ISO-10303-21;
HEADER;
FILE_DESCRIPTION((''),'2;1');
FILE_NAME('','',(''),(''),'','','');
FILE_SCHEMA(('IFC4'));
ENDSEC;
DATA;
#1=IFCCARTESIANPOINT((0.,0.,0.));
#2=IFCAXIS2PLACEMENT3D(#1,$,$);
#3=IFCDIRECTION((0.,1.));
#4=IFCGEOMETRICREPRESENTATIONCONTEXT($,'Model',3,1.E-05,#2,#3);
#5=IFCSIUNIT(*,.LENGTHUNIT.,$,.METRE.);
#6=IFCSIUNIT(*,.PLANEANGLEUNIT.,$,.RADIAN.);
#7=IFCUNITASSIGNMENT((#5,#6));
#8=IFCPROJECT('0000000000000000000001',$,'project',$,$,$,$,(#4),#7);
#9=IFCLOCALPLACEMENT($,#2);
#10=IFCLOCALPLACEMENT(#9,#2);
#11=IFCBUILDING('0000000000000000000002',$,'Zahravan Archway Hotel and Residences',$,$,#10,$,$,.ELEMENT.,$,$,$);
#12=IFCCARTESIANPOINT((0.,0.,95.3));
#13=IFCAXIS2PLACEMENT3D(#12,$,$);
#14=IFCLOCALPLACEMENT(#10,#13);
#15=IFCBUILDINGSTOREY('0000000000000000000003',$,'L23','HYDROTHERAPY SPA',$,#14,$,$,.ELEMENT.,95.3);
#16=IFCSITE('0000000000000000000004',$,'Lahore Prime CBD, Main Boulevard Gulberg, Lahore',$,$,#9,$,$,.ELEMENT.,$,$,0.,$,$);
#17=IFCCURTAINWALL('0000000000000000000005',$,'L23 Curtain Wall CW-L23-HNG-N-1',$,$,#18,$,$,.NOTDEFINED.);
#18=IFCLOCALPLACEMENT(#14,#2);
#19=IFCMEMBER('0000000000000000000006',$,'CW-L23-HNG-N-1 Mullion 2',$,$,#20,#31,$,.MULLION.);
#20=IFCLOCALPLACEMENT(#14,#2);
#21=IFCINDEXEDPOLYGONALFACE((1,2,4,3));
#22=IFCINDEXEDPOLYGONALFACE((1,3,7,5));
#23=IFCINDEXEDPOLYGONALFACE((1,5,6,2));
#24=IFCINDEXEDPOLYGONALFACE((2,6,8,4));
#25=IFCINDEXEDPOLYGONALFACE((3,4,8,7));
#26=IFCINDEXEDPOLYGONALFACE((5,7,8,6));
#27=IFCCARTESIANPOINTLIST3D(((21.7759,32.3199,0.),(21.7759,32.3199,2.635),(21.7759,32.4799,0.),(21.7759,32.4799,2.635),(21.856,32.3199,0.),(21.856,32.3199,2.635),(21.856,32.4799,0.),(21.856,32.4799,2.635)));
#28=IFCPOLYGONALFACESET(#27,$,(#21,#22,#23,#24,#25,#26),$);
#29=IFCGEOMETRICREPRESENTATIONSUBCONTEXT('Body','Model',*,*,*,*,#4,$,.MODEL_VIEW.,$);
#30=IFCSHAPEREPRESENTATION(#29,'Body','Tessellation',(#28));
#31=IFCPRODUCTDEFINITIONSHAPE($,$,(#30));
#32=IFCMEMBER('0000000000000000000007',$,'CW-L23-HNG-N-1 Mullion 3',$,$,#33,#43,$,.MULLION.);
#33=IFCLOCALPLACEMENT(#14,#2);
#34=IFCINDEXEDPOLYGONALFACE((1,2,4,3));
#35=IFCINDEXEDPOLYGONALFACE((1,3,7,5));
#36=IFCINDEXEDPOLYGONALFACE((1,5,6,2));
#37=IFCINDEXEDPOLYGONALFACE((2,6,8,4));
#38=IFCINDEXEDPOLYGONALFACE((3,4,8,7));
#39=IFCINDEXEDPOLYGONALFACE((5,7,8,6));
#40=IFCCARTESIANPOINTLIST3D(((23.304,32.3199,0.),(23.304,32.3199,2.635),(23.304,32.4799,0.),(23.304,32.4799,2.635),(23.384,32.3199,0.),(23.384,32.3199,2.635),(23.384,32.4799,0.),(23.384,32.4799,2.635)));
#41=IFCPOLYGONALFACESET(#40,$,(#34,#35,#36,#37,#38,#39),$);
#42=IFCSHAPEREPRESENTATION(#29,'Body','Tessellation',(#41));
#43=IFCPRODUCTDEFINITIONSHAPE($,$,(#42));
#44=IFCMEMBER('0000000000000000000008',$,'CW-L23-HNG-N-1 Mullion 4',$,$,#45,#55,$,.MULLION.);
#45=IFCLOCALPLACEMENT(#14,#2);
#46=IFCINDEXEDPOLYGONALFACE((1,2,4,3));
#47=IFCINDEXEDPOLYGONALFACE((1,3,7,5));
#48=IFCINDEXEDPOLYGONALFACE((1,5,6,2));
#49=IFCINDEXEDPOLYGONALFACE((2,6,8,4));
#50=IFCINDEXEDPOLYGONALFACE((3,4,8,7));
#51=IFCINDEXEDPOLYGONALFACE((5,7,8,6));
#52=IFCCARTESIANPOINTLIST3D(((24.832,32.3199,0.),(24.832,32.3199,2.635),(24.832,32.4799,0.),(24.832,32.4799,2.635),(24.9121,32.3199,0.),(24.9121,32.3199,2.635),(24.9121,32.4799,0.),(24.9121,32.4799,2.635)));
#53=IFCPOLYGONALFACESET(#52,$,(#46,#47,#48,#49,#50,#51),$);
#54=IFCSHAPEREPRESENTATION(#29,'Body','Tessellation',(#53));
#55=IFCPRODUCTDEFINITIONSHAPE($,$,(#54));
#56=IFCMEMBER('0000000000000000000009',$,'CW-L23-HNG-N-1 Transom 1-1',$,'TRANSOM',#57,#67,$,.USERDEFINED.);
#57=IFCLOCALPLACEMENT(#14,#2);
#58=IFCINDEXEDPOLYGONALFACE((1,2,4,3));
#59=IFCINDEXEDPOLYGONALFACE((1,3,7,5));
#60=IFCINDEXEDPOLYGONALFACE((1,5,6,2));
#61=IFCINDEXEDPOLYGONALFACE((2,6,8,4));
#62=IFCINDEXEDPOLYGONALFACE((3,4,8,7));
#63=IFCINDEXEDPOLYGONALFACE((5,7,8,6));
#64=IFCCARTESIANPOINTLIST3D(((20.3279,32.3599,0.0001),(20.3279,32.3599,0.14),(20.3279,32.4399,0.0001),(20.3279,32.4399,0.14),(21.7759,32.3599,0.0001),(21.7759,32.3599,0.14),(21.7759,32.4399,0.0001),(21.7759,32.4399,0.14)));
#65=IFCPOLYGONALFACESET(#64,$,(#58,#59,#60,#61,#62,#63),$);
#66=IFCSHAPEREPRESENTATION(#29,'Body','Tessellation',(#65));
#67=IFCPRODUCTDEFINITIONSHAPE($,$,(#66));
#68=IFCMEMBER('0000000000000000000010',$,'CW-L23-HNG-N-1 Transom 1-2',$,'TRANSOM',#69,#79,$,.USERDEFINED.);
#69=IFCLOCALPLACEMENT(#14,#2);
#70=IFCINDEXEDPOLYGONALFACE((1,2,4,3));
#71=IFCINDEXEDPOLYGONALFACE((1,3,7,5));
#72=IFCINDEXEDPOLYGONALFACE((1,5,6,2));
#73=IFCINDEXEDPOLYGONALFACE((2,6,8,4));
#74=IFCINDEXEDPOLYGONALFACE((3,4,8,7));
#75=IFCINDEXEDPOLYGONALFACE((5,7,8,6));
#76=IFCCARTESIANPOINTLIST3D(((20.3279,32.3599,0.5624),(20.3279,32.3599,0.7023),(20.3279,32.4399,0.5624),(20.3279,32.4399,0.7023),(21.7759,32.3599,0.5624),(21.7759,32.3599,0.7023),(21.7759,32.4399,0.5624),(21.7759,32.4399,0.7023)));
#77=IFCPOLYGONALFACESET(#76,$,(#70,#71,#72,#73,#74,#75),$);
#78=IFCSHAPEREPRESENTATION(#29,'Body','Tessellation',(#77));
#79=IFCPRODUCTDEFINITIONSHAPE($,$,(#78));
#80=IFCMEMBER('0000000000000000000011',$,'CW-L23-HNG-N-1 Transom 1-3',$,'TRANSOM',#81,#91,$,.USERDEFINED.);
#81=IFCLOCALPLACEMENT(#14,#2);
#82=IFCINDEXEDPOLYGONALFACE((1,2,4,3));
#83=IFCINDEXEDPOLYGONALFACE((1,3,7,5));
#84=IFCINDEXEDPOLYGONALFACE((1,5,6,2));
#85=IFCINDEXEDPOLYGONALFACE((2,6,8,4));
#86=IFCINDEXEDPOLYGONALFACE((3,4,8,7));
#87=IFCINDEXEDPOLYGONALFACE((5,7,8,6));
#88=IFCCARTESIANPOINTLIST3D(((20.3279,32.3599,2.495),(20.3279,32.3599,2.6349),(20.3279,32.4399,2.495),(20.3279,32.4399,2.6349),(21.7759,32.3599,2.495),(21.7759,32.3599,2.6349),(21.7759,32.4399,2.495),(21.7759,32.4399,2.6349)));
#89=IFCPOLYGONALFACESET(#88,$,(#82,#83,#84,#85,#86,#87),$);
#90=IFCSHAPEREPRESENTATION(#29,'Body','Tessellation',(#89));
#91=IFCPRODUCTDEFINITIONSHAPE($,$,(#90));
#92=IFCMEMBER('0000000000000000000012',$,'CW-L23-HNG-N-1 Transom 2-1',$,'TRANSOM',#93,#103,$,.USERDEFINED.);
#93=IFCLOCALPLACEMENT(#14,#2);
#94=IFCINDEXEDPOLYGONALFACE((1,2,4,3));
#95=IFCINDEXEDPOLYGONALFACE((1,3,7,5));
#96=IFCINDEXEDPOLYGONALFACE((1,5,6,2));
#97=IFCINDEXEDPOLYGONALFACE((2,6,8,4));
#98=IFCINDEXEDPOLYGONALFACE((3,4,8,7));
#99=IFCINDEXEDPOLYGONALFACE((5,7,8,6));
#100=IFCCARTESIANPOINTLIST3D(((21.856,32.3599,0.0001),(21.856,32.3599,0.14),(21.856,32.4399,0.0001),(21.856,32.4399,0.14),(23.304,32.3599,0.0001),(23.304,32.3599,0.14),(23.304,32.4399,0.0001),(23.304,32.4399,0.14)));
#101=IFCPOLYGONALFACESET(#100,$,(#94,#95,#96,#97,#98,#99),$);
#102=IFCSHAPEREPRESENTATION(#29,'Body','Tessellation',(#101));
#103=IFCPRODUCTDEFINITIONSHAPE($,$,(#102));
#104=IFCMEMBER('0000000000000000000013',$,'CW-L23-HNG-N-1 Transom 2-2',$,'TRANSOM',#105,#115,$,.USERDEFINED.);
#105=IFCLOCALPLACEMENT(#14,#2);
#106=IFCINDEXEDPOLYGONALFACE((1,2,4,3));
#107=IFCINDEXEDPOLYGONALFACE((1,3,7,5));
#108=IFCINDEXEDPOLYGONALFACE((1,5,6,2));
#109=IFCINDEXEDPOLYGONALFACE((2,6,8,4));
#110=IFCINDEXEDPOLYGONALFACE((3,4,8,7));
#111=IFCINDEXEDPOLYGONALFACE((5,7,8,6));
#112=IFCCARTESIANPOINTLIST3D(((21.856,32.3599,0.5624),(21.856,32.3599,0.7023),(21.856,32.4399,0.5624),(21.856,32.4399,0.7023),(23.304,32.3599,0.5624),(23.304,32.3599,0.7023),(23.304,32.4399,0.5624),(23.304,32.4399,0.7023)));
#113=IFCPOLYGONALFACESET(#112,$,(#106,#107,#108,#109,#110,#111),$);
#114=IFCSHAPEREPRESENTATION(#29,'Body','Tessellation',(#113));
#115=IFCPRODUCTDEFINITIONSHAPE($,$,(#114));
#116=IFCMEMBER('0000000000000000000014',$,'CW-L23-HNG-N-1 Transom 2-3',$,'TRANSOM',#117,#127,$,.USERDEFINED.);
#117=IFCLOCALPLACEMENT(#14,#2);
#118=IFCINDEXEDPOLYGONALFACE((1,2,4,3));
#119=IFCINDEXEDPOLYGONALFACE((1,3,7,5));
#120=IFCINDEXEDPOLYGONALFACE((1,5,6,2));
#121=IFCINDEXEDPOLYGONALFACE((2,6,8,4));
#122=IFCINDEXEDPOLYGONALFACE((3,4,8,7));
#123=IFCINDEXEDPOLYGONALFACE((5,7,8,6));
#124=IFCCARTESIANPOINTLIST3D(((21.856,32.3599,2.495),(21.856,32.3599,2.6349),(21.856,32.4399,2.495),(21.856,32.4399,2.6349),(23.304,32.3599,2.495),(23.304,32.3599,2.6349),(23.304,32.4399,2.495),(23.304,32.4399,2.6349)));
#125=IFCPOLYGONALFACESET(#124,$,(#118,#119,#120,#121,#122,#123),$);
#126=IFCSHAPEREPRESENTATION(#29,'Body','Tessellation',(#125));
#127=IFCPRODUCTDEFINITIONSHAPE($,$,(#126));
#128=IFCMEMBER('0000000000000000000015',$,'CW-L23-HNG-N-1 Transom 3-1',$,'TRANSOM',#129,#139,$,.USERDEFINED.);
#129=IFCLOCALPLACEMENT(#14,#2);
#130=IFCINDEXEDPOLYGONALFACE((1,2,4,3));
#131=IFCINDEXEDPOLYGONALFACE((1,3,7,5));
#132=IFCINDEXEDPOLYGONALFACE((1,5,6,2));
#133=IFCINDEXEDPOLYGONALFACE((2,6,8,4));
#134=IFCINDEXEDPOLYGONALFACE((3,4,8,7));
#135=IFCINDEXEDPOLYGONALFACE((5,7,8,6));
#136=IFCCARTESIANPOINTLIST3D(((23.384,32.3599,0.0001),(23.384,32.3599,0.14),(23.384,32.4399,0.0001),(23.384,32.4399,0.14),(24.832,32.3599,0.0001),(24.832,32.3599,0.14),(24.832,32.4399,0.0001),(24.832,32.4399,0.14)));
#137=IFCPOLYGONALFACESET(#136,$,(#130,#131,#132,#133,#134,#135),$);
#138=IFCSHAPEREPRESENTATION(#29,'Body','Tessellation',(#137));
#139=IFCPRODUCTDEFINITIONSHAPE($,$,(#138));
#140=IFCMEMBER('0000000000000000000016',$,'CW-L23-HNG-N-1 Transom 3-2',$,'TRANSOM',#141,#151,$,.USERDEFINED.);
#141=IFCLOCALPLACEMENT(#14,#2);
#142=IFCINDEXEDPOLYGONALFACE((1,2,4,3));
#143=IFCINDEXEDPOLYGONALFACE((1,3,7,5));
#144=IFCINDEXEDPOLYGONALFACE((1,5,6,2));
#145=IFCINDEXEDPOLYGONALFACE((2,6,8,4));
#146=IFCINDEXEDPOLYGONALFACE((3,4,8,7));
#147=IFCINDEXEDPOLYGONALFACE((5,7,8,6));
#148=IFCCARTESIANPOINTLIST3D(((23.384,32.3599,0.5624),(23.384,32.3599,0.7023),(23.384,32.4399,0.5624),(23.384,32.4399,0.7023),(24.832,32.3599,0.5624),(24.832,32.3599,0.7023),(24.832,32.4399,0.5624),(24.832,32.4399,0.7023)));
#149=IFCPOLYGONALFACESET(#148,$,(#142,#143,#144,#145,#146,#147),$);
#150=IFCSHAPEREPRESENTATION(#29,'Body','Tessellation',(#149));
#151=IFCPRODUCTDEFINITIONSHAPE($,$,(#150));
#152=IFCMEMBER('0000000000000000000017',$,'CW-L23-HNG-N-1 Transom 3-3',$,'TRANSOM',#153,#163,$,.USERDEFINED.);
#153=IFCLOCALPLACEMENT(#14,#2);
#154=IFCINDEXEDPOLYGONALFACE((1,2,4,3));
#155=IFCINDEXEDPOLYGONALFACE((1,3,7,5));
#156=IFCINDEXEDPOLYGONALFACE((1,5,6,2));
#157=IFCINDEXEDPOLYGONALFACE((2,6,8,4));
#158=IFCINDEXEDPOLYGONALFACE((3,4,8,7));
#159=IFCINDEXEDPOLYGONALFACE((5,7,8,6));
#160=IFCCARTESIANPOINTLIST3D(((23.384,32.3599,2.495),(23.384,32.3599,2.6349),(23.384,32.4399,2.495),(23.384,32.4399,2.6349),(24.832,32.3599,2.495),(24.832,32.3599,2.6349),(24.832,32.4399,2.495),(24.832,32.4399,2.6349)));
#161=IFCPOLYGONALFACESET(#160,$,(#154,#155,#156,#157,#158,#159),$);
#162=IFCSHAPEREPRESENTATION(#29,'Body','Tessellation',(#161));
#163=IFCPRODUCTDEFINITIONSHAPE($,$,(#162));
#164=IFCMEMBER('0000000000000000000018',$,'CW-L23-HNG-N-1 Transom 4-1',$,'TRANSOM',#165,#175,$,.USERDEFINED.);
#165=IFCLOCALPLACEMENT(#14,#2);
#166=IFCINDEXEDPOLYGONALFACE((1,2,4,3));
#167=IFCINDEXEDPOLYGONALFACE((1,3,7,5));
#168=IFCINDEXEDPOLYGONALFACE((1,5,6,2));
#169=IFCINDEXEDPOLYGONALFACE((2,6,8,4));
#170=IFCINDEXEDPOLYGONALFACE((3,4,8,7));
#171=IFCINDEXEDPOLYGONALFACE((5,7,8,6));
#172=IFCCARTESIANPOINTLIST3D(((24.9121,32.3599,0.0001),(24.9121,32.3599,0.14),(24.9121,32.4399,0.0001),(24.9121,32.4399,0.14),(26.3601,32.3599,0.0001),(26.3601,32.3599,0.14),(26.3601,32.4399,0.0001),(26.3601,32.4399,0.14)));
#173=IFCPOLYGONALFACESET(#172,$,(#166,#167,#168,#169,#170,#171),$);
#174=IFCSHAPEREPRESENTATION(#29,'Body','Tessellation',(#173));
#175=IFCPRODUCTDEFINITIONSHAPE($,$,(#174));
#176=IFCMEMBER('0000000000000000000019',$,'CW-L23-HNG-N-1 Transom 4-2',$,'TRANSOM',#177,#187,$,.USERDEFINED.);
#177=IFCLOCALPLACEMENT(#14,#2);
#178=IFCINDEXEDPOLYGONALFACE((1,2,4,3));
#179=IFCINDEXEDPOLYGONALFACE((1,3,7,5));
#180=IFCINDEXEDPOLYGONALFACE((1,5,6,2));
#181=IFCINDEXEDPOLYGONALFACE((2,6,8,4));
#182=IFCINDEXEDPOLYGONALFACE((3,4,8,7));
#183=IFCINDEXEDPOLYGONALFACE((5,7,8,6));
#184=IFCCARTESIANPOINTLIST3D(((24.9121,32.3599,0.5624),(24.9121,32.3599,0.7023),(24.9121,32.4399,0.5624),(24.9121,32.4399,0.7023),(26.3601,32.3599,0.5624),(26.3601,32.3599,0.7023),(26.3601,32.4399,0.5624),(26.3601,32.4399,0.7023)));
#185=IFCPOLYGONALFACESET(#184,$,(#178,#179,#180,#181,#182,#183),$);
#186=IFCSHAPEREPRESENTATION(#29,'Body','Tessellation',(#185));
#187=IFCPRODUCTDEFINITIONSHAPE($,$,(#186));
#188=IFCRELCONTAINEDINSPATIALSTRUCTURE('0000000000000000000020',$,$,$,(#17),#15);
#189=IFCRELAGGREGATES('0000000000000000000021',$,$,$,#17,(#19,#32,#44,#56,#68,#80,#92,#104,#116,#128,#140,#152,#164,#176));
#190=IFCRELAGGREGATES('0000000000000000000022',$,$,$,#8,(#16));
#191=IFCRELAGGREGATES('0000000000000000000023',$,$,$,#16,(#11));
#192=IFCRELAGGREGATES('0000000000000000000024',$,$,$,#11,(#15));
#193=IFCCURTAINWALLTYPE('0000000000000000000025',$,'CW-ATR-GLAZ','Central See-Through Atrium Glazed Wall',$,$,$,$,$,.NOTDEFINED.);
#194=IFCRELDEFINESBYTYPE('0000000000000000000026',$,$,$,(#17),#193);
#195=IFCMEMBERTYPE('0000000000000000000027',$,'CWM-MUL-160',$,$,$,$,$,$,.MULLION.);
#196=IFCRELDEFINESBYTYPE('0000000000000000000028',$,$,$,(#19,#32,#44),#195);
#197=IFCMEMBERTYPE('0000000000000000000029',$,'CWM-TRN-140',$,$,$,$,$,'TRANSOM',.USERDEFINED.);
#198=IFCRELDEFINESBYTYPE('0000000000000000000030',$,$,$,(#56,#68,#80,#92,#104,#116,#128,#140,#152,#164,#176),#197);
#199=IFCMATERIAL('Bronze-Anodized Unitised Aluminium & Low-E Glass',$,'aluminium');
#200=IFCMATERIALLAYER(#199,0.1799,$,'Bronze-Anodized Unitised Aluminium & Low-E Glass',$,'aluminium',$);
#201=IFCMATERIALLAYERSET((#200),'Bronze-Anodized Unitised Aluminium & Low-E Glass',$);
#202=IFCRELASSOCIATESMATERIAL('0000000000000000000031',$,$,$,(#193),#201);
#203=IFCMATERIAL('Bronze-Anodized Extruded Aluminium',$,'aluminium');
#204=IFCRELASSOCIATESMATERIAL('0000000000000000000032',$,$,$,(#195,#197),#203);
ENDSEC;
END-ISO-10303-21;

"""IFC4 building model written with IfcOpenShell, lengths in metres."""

from ifc_helpers import new_model, si_unit, direction, frame, origin, origin_2d, place, context, subcontext, project, spatial, rectangle, extrude, source, transform, mapped, material, layer, layer_set, material_profile, profile_set, type_object, element, aggregate, save


model = new_model("IFC4")

# Units and contexts
model_context = context("Model", 3, precision=1e-05, world=origin(), true_north=direction((0.0, 1.0)))
body_context = subcontext(model_context, "Body", "Model", "MODEL_VIEW")
ifc_project = project(units=[si_unit("LENGTHUNIT", "METRE"), si_unit("PLANEANGLEUNIT", "RADIAN")], contexts=[model_context])

# Site, building, storey
site_placement = place(None, origin())
site = spatial("IfcSite", under=ifc_project, at=site_placement, Name="Lahore Prime CBD, Main Boulevard Gulberg, Lahore", CompositionType="ELEMENT", RefElevation=0.0)
building_placement = place(site_placement, origin())
building = spatial("IfcBuilding", under=site, at=building_placement, Name="Zahravan Archway Hotel and Residences", CompositionType="ELEMENT")
storey_placement = place(building_placement, frame((0.0, 0.0, 95.3)))
storey = spatial("IfcBuildingStorey", under=building, at=storey_placement, Name="L23", Description="HYDROTHERAPY SPA", CompositionType="ELEMENT", Elevation=95.3)

# Curtain wall, members
ifc_material_1 = material(Name="Bronze-Anodized Unitised Aluminium & Low-E Glass", Category="aluminium")
ifc_layer_1 = layer(ifc_material_1, 0.1799, Name="Bronze-Anodized Unitised Aluminium & Low-E Glass", Category="aluminium")
ifc_layer_set_1 = layer_set([ifc_layer_1], Name="Bronze-Anodized Unitised Aluminium & Low-E Glass")
curtain_wall_type = type_object("IfcCurtainWallType", Name="CW-ATR-GLAZ", Description="Central See-Through Atrium Glazed Wall", PredefinedType="NOTDEFINED", material=ifc_layer_set_1)
curtain_wall_placement = place(storey_placement, origin())
curtain_wall = element("IfcCurtainWall", 1, at=curtain_wall_placement, inside=storey, type_object=curtain_wall_type, Name="L23 Curtain Wall CW-L23-HNG-N-1", PredefinedType="NOTDEFINED")
ifc_material_2 = material(Name="Bronze-Anodized Extruded Aluminium", Category="aluminium")
ifc_material_profile_1 = material_profile(ifc_material_2, rectangle(XDim=0.0801, YDim=0.1599, at=origin_2d()), Name="MUL 80x160", Category="aluminium")
ifc_profile_set_1 = profile_set([ifc_material_profile_1], Name="Bronze-Anodized Extruded Aluminium")
member_type_1 = type_object("IfcMemberType", Name="CWM-MUL-160", PredefinedType="MULLION", material=ifc_profile_set_1)
shared_shape_1 = source(origin(), body_context, "Body", "SweptSolid", [
    extrude(rectangle(XDim=0.0801, YDim=0.1599, at=origin_2d()), origin(), (0.0, 0.0, 1.0), 2.635),
])
member_1_placement = place(storey_placement, frame((21.8159, 32.3999, 0.0), z_axis=(0.0, 0.0, 1.0), x_axis=(1.0, 0.0, 0.0)))
member_1 = element("IfcMember", 2, at=member_1_placement, type_object=member_type_1, Name="CW-L23-HNG-N-1 Mullion 2", PredefinedType="MULLION", context=body_context, shape_type="MappedRepresentation", body=[
    mapped(shared_shape_1, transform((0.0, 0.0, 0.0), scale=1.0)),
])
member_2_placement = place(storey_placement, frame((23.344, 32.3999, 0.0), z_axis=(0.0, 0.0, 1.0), x_axis=(1.0, 0.0, 0.0)))
member_2 = element("IfcMember", 3, at=member_2_placement, type_object=member_type_1, Name="CW-L23-HNG-N-1 Mullion 3", PredefinedType="MULLION", context=body_context, shape_type="MappedRepresentation", body=[
    mapped(shared_shape_1, transform((0.0, 0.0, 0.0), scale=1.0)),
])
member_3_placement = place(storey_placement, frame((24.8721, 32.3999, 0.0), z_axis=(0.0, 0.0, 1.0), x_axis=(1.0, 0.0, 0.0)))
member_3 = element("IfcMember", 4, at=member_3_placement, type_object=member_type_1, Name="CW-L23-HNG-N-1 Mullion 4", PredefinedType="MULLION", context=body_context, shape_type="MappedRepresentation", body=[
    mapped(shared_shape_1, transform((0.0, 0.0, 0.0), scale=1.0)),
])
ifc_material_profile_2 = material_profile(ifc_material_2, rectangle(XDim=0.0801, YDim=0.1399, at=origin_2d()), Name="TRN 80x140", Category="aluminium")
ifc_profile_set_2 = profile_set([ifc_material_profile_2], Name="Bronze-Anodized Extruded Aluminium")
member_type_2 = type_object("IfcMemberType", Name="CWM-TRN-140", ElementType="TRANSOM", PredefinedType="USERDEFINED", material=ifc_profile_set_2)
shared_shape_2 = source(origin(), body_context, "Body", "SweptSolid", [
    extrude(rectangle(XDim=0.0801, YDim=0.1399, at=origin_2d()), origin(), (0.0, 0.0, 1.0), 1.448),
])
member_4_placement = place(storey_placement, frame((20.3279, 32.3999, 0.0701), z_axis=(1.0, 0.0, 0.0), x_axis=(0.0, 1.0, 0.0)))
member_4 = element("IfcMember", 5, at=member_4_placement, type_object=member_type_2, Name="CW-L23-HNG-N-1 Transom 1-1", ObjectType="TRANSOM", PredefinedType="USERDEFINED", context=body_context, shape_type="MappedRepresentation", body=[
    mapped(shared_shape_2, transform((0.0, 0.0, 0.0), scale=1.0)),
])
member_5_placement = place(storey_placement, frame((20.3279, 32.3999, 0.6323), z_axis=(1.0, 0.0, 0.0), x_axis=(0.0, 1.0, 0.0)))
member_5 = element("IfcMember", 6, at=member_5_placement, type_object=member_type_2, Name="CW-L23-HNG-N-1 Transom 1-2", ObjectType="TRANSOM", PredefinedType="USERDEFINED", context=body_context, shape_type="MappedRepresentation", body=[
    mapped(shared_shape_2, transform((0.0, 0.0, 0.0), scale=1.0)),
])
member_6_placement = place(storey_placement, frame((20.3279, 32.3999, 2.5649), z_axis=(1.0, 0.0, 0.0), x_axis=(0.0, 1.0, 0.0)))
member_6 = element("IfcMember", 7, at=member_6_placement, type_object=member_type_2, Name="CW-L23-HNG-N-1 Transom 1-3", ObjectType="TRANSOM", PredefinedType="USERDEFINED", context=body_context, shape_type="MappedRepresentation", body=[
    mapped(shared_shape_2, transform((0.0, 0.0, 0.0), scale=1.0)),
])
member_7_placement = place(storey_placement, frame((21.856, 32.3999, 0.0701), z_axis=(1.0, 0.0, 0.0), x_axis=(0.0, 1.0, 0.0)))
member_7 = element("IfcMember", 8, at=member_7_placement, type_object=member_type_2, Name="CW-L23-HNG-N-1 Transom 2-1", ObjectType="TRANSOM", PredefinedType="USERDEFINED", context=body_context, shape_type="MappedRepresentation", body=[
    mapped(shared_shape_2, transform((0.0, 0.0, 0.0), scale=1.0)),
])
member_8_placement = place(storey_placement, frame((21.856, 32.3999, 0.6323), z_axis=(1.0, 0.0, 0.0), x_axis=(0.0, 1.0, 0.0)))
member_8 = element("IfcMember", 9, at=member_8_placement, type_object=member_type_2, Name="CW-L23-HNG-N-1 Transom 2-2", ObjectType="TRANSOM", PredefinedType="USERDEFINED", context=body_context, shape_type="MappedRepresentation", body=[
    mapped(shared_shape_2, transform((0.0, 0.0, 0.0), scale=1.0)),
])
member_9_placement = place(storey_placement, frame((21.856, 32.3999, 2.5649), z_axis=(1.0, 0.0, 0.0), x_axis=(0.0, 1.0, 0.0)))
member_9 = element("IfcMember", 10, at=member_9_placement, type_object=member_type_2, Name="CW-L23-HNG-N-1 Transom 2-3", ObjectType="TRANSOM", PredefinedType="USERDEFINED", context=body_context, shape_type="MappedRepresentation", body=[
    mapped(shared_shape_2, transform((0.0, 0.0, 0.0), scale=1.0)),
])
member_10_placement = place(storey_placement, frame((23.384, 32.3999, 0.0701), z_axis=(1.0, 0.0, 0.0), x_axis=(0.0, 1.0, 0.0)))
member_10 = element("IfcMember", 11, at=member_10_placement, type_object=member_type_2, Name="CW-L23-HNG-N-1 Transom 3-1", ObjectType="TRANSOM", PredefinedType="USERDEFINED", context=body_context, shape_type="MappedRepresentation", body=[
    mapped(shared_shape_2, transform((0.0, 0.0, 0.0), scale=1.0)),
])
member_11_placement = place(storey_placement, frame((23.384, 32.3999, 0.6323), z_axis=(1.0, 0.0, 0.0), x_axis=(0.0, 1.0, 0.0)))
member_11 = element("IfcMember", 12, at=member_11_placement, type_object=member_type_2, Name="CW-L23-HNG-N-1 Transom 3-2", ObjectType="TRANSOM", PredefinedType="USERDEFINED", context=body_context, shape_type="MappedRepresentation", body=[
    mapped(shared_shape_2, transform((0.0, 0.0, 0.0), scale=1.0)),
])
member_12_placement = place(storey_placement, frame((23.384, 32.3999, 2.5649), z_axis=(1.0, 0.0, 0.0), x_axis=(0.0, 1.0, 0.0)))
member_12 = element("IfcMember", 13, at=member_12_placement, type_object=member_type_2, Name="CW-L23-HNG-N-1 Transom 3-3", ObjectType="TRANSOM", PredefinedType="USERDEFINED", context=body_context, shape_type="MappedRepresentation", body=[
    mapped(shared_shape_2, transform((0.0, 0.0, 0.0), scale=1.0)),
])
member_13_placement = place(storey_placement, frame((24.9121, 32.3999, 0.0701), z_axis=(1.0, 0.0, 0.0), x_axis=(0.0, 1.0, 0.0)))
member_13 = element("IfcMember", 14, at=member_13_placement, type_object=member_type_2, Name="CW-L23-HNG-N-1 Transom 4-1", ObjectType="TRANSOM", PredefinedType="USERDEFINED", context=body_context, shape_type="MappedRepresentation", body=[
    mapped(shared_shape_2, transform((0.0, 0.0, 0.0), scale=1.0)),
])
member_14_placement = place(storey_placement, frame((24.9121, 32.3999, 0.6323), z_axis=(1.0, 0.0, 0.0), x_axis=(0.0, 1.0, 0.0)))
member_14 = element("IfcMember", 15, at=member_14_placement, type_object=member_type_2, Name="CW-L23-HNG-N-1 Transom 4-2", ObjectType="TRANSOM", PredefinedType="USERDEFINED", context=body_context, shape_type="MappedRepresentation", body=[
    mapped(shared_shape_2, transform((0.0, 0.0, 0.0), scale=1.0)),
])
aggregate(curtain_wall, [member_1, member_2, member_3, member_4, member_5, member_6, member_7, member_8, member_9, member_10, member_11, member_12, member_13, member_14])

save(model, "model.ifc")
